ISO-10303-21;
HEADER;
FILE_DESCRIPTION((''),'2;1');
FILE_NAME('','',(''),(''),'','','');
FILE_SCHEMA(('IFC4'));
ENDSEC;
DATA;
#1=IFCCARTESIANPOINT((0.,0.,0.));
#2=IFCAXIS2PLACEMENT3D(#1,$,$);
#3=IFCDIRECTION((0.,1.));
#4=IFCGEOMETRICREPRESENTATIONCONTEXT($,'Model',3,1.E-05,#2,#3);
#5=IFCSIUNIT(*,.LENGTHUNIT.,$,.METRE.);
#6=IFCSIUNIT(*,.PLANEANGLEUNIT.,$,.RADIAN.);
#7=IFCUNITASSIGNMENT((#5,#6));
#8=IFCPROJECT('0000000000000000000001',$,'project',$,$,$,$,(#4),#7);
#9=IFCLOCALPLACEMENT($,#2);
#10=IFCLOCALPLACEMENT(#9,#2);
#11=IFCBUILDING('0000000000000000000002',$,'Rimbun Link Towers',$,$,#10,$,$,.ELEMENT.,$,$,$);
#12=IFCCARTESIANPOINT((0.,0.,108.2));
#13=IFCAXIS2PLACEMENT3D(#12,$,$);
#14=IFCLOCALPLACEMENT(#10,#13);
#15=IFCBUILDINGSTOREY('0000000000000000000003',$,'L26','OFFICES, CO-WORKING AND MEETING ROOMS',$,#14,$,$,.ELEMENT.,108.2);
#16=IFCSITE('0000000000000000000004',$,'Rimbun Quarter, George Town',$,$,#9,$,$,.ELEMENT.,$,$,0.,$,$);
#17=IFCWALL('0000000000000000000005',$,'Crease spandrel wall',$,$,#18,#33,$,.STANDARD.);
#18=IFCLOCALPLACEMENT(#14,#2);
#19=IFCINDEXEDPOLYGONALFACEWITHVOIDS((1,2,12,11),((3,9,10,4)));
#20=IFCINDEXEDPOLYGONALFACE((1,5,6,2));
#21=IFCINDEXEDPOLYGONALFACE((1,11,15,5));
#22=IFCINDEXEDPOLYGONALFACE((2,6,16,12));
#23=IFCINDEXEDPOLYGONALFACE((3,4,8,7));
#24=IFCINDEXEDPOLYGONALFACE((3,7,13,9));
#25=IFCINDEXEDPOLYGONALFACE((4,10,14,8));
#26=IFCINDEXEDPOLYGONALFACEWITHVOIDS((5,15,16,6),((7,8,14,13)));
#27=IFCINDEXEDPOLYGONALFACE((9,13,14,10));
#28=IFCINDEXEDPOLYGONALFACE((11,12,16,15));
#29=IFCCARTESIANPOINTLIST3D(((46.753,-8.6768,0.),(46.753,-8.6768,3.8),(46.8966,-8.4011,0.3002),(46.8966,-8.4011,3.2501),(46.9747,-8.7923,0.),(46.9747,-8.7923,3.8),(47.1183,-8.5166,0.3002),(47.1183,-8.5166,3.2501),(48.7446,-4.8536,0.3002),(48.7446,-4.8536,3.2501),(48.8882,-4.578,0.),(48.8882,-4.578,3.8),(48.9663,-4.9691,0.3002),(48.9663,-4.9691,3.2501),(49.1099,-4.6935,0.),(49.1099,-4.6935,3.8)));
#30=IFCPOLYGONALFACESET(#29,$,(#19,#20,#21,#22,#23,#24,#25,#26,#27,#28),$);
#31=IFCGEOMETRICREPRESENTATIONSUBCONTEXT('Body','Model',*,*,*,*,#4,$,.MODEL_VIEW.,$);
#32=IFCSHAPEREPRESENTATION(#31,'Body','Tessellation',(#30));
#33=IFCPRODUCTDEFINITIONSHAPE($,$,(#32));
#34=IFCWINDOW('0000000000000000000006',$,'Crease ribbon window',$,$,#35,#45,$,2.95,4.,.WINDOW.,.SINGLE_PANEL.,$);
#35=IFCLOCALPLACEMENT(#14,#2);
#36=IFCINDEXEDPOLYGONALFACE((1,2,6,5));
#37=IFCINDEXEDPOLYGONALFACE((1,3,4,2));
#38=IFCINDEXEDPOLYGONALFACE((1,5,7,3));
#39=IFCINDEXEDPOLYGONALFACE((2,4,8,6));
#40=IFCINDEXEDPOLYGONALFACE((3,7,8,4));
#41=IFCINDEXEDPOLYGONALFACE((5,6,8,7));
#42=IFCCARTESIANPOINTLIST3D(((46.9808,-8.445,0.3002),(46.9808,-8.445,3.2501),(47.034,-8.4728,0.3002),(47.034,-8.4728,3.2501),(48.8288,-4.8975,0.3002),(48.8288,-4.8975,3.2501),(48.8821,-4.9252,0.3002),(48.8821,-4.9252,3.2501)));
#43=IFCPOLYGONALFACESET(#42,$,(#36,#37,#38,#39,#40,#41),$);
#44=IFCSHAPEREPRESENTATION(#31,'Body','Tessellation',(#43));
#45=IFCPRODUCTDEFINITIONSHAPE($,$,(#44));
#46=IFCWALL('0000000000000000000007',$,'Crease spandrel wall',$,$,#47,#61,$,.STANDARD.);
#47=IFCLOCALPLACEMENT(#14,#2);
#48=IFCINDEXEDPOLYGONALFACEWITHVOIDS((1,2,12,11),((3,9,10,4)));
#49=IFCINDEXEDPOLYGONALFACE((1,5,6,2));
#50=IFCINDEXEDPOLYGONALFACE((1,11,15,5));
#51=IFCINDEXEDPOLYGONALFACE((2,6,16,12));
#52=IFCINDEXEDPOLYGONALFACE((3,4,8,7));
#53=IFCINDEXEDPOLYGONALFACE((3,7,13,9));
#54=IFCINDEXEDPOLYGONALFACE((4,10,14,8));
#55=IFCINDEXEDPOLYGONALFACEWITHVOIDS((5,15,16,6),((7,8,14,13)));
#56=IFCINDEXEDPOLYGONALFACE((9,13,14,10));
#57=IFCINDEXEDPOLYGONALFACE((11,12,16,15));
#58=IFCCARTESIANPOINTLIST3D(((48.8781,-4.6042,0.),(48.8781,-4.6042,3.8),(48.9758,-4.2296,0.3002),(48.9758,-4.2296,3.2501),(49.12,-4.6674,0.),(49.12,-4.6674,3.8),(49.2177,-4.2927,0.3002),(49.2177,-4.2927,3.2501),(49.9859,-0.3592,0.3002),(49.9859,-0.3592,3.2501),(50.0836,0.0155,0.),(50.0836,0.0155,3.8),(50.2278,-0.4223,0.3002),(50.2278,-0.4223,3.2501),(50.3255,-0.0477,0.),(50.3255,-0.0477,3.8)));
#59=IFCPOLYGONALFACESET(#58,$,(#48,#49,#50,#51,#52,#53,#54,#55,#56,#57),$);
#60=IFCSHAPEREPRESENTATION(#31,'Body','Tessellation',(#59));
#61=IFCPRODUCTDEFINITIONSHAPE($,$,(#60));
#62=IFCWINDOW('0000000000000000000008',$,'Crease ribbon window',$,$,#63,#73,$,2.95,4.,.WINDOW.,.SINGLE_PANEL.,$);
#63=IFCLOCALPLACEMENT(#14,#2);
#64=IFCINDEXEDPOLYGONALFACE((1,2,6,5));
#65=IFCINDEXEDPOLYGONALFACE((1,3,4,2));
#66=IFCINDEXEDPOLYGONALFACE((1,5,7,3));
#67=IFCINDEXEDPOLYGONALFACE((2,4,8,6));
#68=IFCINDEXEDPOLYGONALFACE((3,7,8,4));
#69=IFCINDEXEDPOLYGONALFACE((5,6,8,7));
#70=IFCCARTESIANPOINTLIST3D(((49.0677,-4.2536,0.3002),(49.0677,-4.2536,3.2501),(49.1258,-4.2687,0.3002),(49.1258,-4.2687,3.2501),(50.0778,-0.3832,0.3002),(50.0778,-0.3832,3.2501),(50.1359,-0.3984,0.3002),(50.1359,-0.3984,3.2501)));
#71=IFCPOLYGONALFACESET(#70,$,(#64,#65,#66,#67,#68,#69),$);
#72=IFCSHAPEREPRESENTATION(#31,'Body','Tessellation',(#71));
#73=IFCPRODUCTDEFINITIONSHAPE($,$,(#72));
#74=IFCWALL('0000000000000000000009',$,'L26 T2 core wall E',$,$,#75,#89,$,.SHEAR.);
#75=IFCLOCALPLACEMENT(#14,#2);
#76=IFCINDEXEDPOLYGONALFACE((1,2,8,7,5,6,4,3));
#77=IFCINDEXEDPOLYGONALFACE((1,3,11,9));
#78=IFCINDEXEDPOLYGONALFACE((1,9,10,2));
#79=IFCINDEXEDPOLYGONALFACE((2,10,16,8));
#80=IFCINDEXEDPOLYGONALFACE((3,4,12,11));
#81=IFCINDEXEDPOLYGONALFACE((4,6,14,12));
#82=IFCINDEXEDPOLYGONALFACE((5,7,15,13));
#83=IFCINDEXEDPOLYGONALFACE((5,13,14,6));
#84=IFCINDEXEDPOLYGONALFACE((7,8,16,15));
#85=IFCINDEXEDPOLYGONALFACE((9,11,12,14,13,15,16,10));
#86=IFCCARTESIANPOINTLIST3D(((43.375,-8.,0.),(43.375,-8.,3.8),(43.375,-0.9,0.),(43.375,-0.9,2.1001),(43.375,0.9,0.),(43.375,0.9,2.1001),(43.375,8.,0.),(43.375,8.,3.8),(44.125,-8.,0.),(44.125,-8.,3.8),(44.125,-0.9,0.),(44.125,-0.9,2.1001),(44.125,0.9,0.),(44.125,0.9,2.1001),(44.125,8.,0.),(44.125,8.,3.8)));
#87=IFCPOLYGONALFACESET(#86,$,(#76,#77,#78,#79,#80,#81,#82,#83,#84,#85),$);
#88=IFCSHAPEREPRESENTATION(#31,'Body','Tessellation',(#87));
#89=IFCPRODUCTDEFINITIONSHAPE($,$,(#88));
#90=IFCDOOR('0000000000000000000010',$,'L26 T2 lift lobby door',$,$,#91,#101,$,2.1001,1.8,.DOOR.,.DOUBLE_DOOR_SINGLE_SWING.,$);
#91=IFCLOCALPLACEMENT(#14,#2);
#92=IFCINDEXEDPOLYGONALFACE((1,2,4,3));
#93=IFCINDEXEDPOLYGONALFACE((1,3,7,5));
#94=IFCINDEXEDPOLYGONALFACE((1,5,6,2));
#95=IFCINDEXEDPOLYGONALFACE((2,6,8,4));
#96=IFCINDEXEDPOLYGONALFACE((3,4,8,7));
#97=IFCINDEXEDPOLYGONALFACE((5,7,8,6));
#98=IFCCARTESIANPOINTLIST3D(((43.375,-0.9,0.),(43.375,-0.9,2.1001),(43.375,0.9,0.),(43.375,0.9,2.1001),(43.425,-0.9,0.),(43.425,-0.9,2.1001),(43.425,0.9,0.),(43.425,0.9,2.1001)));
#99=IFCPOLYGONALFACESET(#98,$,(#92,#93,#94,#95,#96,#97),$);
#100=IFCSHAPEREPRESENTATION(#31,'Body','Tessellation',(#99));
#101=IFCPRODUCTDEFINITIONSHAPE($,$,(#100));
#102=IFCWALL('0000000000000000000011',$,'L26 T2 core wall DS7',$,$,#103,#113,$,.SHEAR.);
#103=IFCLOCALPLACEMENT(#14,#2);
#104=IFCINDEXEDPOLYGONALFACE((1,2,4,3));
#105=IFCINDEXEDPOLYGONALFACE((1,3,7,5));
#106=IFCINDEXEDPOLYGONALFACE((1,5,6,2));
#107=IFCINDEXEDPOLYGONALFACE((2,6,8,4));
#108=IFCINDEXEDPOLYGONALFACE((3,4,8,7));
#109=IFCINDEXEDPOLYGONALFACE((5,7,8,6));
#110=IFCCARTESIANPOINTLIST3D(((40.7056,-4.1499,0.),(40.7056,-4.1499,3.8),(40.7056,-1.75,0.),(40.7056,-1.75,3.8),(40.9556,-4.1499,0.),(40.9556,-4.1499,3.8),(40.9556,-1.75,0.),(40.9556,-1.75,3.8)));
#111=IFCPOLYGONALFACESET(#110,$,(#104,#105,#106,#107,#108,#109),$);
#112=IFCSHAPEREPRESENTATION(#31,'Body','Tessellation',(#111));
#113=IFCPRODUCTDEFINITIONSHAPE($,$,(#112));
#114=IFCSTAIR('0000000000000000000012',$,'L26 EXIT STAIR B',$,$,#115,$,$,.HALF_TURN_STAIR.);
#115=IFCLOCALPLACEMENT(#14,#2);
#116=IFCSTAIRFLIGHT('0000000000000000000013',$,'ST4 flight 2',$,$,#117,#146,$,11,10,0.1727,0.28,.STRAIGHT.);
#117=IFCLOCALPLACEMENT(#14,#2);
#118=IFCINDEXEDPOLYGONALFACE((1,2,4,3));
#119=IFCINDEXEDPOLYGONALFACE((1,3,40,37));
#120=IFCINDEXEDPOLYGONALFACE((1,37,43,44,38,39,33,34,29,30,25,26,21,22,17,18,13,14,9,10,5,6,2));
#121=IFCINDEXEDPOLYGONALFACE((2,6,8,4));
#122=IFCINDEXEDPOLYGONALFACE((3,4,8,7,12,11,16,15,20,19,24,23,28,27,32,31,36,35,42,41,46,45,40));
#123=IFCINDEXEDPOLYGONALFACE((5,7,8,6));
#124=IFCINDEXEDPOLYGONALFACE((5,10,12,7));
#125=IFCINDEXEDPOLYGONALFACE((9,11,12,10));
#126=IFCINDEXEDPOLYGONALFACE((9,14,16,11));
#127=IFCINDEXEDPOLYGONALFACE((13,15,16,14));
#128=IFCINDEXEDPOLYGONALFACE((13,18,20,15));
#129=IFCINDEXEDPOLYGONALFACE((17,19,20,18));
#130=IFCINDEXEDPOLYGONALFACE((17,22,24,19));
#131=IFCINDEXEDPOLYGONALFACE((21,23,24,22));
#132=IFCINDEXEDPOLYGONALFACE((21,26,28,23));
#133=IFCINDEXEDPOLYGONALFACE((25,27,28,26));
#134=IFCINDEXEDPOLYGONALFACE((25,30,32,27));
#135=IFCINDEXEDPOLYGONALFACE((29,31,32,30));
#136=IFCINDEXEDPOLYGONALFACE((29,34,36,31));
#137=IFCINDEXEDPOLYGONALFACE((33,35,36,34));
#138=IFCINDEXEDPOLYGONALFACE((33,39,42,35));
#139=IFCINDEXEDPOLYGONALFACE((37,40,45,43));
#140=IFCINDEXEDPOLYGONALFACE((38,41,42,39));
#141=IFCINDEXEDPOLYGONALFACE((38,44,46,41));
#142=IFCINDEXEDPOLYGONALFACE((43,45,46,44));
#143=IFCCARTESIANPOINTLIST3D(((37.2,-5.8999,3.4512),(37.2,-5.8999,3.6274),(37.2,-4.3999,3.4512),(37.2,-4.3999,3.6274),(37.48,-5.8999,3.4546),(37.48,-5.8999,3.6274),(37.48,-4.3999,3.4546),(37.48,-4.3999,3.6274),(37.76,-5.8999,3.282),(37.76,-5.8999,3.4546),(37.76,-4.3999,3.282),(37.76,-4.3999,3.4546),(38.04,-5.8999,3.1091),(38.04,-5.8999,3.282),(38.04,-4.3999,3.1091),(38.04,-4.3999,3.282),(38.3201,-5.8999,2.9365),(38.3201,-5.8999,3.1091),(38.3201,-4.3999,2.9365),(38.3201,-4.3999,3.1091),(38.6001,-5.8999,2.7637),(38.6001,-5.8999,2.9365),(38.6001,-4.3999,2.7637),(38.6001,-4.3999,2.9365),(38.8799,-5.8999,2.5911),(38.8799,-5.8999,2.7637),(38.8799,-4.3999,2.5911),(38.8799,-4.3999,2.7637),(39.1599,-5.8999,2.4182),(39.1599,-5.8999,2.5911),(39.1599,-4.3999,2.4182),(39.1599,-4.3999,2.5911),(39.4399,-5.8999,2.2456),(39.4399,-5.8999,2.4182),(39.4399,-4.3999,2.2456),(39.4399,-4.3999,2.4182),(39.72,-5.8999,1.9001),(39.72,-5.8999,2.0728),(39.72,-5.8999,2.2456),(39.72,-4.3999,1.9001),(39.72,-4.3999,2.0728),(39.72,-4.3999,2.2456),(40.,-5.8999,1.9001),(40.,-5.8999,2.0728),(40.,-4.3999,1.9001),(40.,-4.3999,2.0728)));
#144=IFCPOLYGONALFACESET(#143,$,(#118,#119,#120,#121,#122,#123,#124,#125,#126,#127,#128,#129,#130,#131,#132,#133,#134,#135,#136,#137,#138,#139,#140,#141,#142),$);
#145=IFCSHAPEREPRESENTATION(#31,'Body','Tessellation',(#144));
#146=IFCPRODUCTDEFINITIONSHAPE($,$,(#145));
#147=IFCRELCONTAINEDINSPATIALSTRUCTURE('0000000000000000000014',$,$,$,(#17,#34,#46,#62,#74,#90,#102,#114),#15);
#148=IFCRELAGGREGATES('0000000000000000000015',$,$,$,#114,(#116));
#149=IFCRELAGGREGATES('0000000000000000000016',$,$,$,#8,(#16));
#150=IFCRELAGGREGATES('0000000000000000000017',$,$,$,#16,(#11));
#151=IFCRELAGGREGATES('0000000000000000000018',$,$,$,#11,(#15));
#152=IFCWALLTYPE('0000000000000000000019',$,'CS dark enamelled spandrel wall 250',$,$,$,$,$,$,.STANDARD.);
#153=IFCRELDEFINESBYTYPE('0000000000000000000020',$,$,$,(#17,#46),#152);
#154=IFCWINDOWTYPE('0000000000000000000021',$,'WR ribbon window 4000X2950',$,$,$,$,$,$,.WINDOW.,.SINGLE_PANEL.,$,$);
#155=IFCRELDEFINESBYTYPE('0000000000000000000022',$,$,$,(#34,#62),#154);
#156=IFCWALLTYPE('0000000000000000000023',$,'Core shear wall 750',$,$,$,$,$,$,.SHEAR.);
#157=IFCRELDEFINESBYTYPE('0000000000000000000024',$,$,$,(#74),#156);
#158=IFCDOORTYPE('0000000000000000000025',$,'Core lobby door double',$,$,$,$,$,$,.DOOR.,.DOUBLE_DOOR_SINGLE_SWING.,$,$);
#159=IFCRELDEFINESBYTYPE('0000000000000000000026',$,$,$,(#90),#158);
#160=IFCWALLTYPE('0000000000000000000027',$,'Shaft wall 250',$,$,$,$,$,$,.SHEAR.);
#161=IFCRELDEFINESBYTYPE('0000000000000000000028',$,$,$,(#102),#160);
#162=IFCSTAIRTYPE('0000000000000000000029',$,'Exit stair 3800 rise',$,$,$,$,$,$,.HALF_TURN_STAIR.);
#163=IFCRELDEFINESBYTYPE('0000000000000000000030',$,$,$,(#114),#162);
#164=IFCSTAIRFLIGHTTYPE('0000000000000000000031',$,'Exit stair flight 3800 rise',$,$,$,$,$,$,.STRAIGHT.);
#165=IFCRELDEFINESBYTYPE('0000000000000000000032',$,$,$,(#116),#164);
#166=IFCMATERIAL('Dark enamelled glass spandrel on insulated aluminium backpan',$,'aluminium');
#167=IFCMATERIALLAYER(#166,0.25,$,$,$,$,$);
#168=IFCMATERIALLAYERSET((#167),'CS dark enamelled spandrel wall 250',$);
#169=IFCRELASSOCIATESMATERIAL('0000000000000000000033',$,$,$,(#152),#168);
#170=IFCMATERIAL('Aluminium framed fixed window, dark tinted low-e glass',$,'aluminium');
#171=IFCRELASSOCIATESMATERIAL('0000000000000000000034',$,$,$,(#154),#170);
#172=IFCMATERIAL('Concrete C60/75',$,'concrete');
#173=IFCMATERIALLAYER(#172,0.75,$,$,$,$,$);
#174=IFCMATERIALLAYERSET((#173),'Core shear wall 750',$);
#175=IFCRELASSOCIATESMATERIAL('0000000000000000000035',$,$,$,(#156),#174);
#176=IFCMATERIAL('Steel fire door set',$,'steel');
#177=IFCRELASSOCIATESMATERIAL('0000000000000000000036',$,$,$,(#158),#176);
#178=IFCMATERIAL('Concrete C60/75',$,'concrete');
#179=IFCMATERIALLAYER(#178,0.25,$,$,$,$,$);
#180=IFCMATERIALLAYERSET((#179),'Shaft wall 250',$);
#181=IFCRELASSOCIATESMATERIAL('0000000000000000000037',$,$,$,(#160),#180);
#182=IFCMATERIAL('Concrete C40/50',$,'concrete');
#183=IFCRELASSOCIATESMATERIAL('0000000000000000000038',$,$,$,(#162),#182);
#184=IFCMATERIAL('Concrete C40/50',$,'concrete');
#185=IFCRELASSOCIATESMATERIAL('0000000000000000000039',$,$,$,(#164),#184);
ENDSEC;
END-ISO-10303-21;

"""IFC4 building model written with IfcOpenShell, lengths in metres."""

from ifc_helpers import new_model, si_unit, direction, frame, frame_2d, origin, place, context, subcontext, project, spatial, polyline, rectangle, outline, extrude, material, layer, layer_set, type_object, element, fill, aggregate, save


model = new_model("IFC4")

# Units and contexts
model_context = context("Model", 3, precision=1e-05, world=origin(), true_north=direction((0.0, 1.0)))
body_context = subcontext(model_context, "Body", "Model", "MODEL_VIEW")
ifc_project = project(units=[si_unit("LENGTHUNIT", "METRE"), si_unit("PLANEANGLEUNIT", "RADIAN")], contexts=[model_context])

# Site, building, storey
site_placement = place(None, origin())
site = spatial("IfcSite", under=ifc_project, at=site_placement, Name="Rimbun Quarter, George Town", CompositionType="ELEMENT", RefElevation=0.0)
building_placement = place(site_placement, origin())
building = spatial("IfcBuilding", under=site, at=building_placement, Name="Rimbun Link Towers", CompositionType="ELEMENT")
storey_placement = place(building_placement, frame((0.0, 0.0, 108.2)))
storey = spatial("IfcBuildingStorey", under=building, at=storey_placement, Name="L26", Description="OFFICES, CO-WORKING AND MEETING ROOMS", CompositionType="ELEMENT", Elevation=108.2)

# Walls, openings, windows
ifc_material_1 = material(Name="Dark enamelled glass spandrel on insulated aluminium backpan", Category="aluminium")
ifc_layer_1 = layer(ifc_material_1, 0.25)
ifc_layer_set_1 = layer_set([ifc_layer_1], Name="CS dark enamelled spandrel wall 250")
wall_type_1 = type_object("IfcWallType", Name="CS dark enamelled spandrel wall 250", PredefinedType="STANDARD", material=ifc_layer_set_1)
wall_1_placement = place(storey_placement, frame((48.999, -4.6357, 0.0), z_axis=(0.0, 0.0, 1.0), x_axis=(-0.462006, -0.886877, 0.0)))
wall_1 = element("IfcWall", 1, at=wall_1_placement, inside=storey, type_object=wall_type_1, Name="Crease spandrel wall", PredefinedType="STANDARD", context=body_context, shape_type="SweptSolid", body=[
    extrude(rectangle(XDim=4.6216, YDim=0.25, at=frame_2d((2.3108, 0.0))), origin(), (0.0, 0.0, 1.0), 3.8),
])
opening_1_placement = place(wall_1_placement, frame((0.3108, 0.0, 0.3)))
opening_1 = element("IfcOpeningElement", 2, at=opening_1_placement, cuts=wall_1, PredefinedType="OPENING", context=body_context, shape_type="SweptSolid", body=[
    extrude(rectangle(XDim=4.0, YDim=2.95, at=frame_2d((2.0, 1.4751))), frame((0.0, 0.135, 0.0), z_axis=(0.0, -1.0, 0.0), x_axis=(1.0, 0.0, 0.0)), (0.0, 0.0, 1.0), 0.27),
])
ifc_material_2 = material(Name="Aluminium framed fixed window, dark tinted low-e glass", Category="aluminium")
window_type = type_object("IfcWindowType", Name="WR ribbon window 4000X2950", PartitioningType="SINGLE_PANEL", PredefinedType="WINDOW", material=ifc_material_2)
window_1_placement = place(opening_1_placement, origin())
window_1 = element("IfcWindow", 3, at=window_1_placement, inside=storey, type_object=window_type, Name="Crease ribbon window", OverallHeight=2.95, OverallWidth=4.0, PartitioningType="SINGLE_PANEL", PredefinedType="WINDOW", context=body_context, shape_type="SweptSolid", body=[
    extrude(rectangle(XDim=4.0, YDim=2.95, at=frame_2d((2.0, 1.4751))), frame((0.0, 0.03, 0.0), z_axis=(0.0, -1.0, 0.0), x_axis=(1.0, 0.0, 0.0)), (0.0, 0.0, 1.0), 0.0601),
])
fill(opening_1, window_1)
wall_2_placement = place(storey_placement, frame((50.2046, -0.0161, 0.0), z_axis=(0.0, 0.0, 1.0), x_axis=(-0.252509, -0.967594, 0.0)))
wall_2 = element("IfcWall", 4, at=wall_2_placement, inside=storey, type_object=wall_type_1, Name="Crease spandrel wall", PredefinedType="STANDARD", context=body_context, shape_type="SweptSolid", body=[
    extrude(rectangle(XDim=4.7744, YDim=0.25, at=frame_2d((2.3872, 0.0))), origin(), (0.0, 0.0, 1.0), 3.8),
])
opening_2_placement = place(wall_2_placement, frame((0.3872, 0.0, 0.3)))
opening_2 = element("IfcOpeningElement", 5, at=opening_2_placement, cuts=wall_2, PredefinedType="OPENING", context=body_context, shape_type="SweptSolid", body=[
    extrude(rectangle(XDim=4.0, YDim=2.95, at=frame_2d((2.0, 1.4751))), frame((0.0, 0.135, 0.0), z_axis=(0.0, -1.0, 0.0), x_axis=(1.0, 0.0, 0.0)), (0.0, 0.0, 1.0), 0.27),
])
window_2_placement = place(opening_2_placement, origin())
window_2 = element("IfcWindow", 6, at=window_2_placement, inside=storey, type_object=window_type, Name="Crease ribbon window", OverallHeight=2.95, OverallWidth=4.0, PartitioningType="SINGLE_PANEL", PredefinedType="WINDOW", context=body_context, shape_type="SweptSolid", body=[
    extrude(rectangle(XDim=4.0, YDim=2.95, at=frame_2d((2.0, 1.4751))), frame((0.0, 0.03, 0.0), z_axis=(0.0, -1.0, 0.0), x_axis=(1.0, 0.0, 0.0)), (0.0, 0.0, 1.0), 0.0601),
])
fill(opening_2, window_2)

# Wall, opening, door
ifc_material_3 = material(Name="Concrete C60/75", Category="concrete")
ifc_layer_2 = layer(ifc_material_3, 0.75)
ifc_layer_set_2 = layer_set([ifc_layer_2], Name="Core shear wall 750")
wall_type_2 = type_object("IfcWallType", Name="Core shear wall 750", PredefinedType="SHEAR", material=ifc_layer_set_2)
wall_3_placement = place(storey_placement, frame((43.75, -8.0, 0.0), z_axis=(0.0, 0.0, 1.0), x_axis=(0.0, 1.0, 0.0)))
wall_3 = element("IfcWall", 7, at=wall_3_placement, inside=storey, type_object=wall_type_2, Name="L26 T2 core wall E", PredefinedType="SHEAR", context=body_context, shape_type="SweptSolid", body=[
    extrude(rectangle(XDim=16.0, YDim=0.75, at=frame_2d((8.0, 0.0))), origin(), (0.0, 0.0, 1.0), 3.8),
])
opening_3_placement = place(wall_3_placement, frame((7.1001, 0.0, 0.0)))
opening_3 = element("IfcOpeningElement", 8, at=opening_3_placement, cuts=wall_3, PredefinedType="OPENING", context=body_context, shape_type="SweptSolid", body=[
    extrude(rectangle(XDim=1.8, YDim=2.1001, at=frame_2d((0.8999, 1.05))), frame((0.0, 0.385, 0.0), z_axis=(0.0, -1.0, 0.0), x_axis=(1.0, 0.0, 0.0)), (0.0, 0.0, 1.0), 0.77),
])
ifc_material_4 = material(Name="Steel fire door set", Category="steel")
door_type = type_object("IfcDoorType", Name="Core lobby door double", OperationType="DOUBLE_DOOR_SINGLE_SWING", PredefinedType="DOOR", material=ifc_material_4)
door_placement = place(opening_3_placement, origin())
door = element("IfcDoor", 9, at=door_placement, inside=storey, type_object=door_type, Name="L26 T2 lift lobby door", OperationType="DOUBLE_DOOR_SINGLE_SWING", OverallHeight=2.1001, OverallWidth=1.8, PredefinedType="DOOR", context=body_context, shape_type="SweptSolid", body=[
    extrude(rectangle(XDim=1.8, YDim=2.1001, at=frame_2d((0.8999, 1.05))), frame((0.0, 0.375, 0.0), z_axis=(0.0, -1.0, 0.0), x_axis=(1.0, 0.0, 0.0)), (0.0, 0.0, 1.0), 0.05),
])
fill(opening_3, door)

# Wall
ifc_material_5 = material(Name="Concrete C60/75", Category="concrete")
ifc_layer_3 = layer(ifc_material_5, 0.25)
ifc_layer_set_3 = layer_set([ifc_layer_3], Name="Shaft wall 250")
wall_type_3 = type_object("IfcWallType", Name="Shaft wall 250", PredefinedType="SHEAR", material=ifc_layer_set_3)
wall_4_placement = place(storey_placement, frame((40.8306, -4.1499, 0.0), z_axis=(0.0, 0.0, 1.0), x_axis=(0.0, 1.0, 0.0)))
element("IfcWall", 10, at=wall_4_placement, inside=storey, type_object=wall_type_3, Name="L26 T2 core wall DS7", PredefinedType="SHEAR", context=body_context, shape_type="SweptSolid", body=[
    extrude(rectangle(XDim=2.3999, YDim=0.25, at=frame_2d((1.2, 0.0))), origin(), (0.0, 0.0, 1.0), 3.8),
])

# Stair, stair flight
ifc_material_6 = material(Name="Concrete C40/50", Category="concrete")
stair_type = type_object("IfcStairType", Name="Exit stair 3800 rise", PredefinedType="HALF_TURN_STAIR", material=ifc_material_6)
stair_placement = place(storey_placement, origin())
stair = element("IfcStair", 11, at=stair_placement, inside=storey, type_object=stair_type, Name="L26 EXIT STAIR B", PredefinedType="HALF_TURN_STAIR")
ifc_material_7 = material(Name="Concrete C40/50", Category="concrete")
stair_flight_type = type_object("IfcStairFlightType", Name="Exit stair flight 3800 rise", PredefinedType="STRAIGHT", material=ifc_material_7)
stair_flight_placement = place(storey_placement, frame((40.0, -5.1499, 1.9001), z_axis=(0.0, 0.0, 1.0), x_axis=(-1.0, 0.0, 0.0)))
stair_flight = element("IfcStairFlight", 12, at=stair_flight_placement, type_object=stair_flight_type, Name="ST4 flight 2", NumberOfRisers=11, NumberOfTreads=10, PredefinedType="STRAIGHT", RiserHeight=0.1727, TreadLength=0.28, context=body_context, shape_type="SweptSolid", body=[
    extrude(outline(polyline([(0.0, 0.0), (0.0, 0.1726), (0.28, 0.1726), (0.28, 0.3455), (0.5601, 0.3455), (0.5601, 0.5181), (0.8401, 0.5181), (0.8401, 0.6909), (1.1201, 0.6909), (1.1201, 0.8635), (1.3999, 0.8635), (1.3999, 1.0364), (1.6799, 1.0364), (1.6799, 1.209), (1.96, 1.209), (1.96, 1.3818), (2.24, 1.3818), (2.24, 1.5544), (2.52, 1.5544), (2.52, 1.7273), (2.8, 1.7273), (2.8, 1.8999), (2.8, 1.551), (0.28, 0.0), (0.0, 0.0)])), frame((0.0, 0.75, 0.0), z_axis=(0.0, -1.0, 0.0), x_axis=(1.0, 0.0, 0.0)), (0.0, 0.0, 1.0), 1.5),
])
aggregate(stair, [stair_flight])

save(model, "model.ifc")
